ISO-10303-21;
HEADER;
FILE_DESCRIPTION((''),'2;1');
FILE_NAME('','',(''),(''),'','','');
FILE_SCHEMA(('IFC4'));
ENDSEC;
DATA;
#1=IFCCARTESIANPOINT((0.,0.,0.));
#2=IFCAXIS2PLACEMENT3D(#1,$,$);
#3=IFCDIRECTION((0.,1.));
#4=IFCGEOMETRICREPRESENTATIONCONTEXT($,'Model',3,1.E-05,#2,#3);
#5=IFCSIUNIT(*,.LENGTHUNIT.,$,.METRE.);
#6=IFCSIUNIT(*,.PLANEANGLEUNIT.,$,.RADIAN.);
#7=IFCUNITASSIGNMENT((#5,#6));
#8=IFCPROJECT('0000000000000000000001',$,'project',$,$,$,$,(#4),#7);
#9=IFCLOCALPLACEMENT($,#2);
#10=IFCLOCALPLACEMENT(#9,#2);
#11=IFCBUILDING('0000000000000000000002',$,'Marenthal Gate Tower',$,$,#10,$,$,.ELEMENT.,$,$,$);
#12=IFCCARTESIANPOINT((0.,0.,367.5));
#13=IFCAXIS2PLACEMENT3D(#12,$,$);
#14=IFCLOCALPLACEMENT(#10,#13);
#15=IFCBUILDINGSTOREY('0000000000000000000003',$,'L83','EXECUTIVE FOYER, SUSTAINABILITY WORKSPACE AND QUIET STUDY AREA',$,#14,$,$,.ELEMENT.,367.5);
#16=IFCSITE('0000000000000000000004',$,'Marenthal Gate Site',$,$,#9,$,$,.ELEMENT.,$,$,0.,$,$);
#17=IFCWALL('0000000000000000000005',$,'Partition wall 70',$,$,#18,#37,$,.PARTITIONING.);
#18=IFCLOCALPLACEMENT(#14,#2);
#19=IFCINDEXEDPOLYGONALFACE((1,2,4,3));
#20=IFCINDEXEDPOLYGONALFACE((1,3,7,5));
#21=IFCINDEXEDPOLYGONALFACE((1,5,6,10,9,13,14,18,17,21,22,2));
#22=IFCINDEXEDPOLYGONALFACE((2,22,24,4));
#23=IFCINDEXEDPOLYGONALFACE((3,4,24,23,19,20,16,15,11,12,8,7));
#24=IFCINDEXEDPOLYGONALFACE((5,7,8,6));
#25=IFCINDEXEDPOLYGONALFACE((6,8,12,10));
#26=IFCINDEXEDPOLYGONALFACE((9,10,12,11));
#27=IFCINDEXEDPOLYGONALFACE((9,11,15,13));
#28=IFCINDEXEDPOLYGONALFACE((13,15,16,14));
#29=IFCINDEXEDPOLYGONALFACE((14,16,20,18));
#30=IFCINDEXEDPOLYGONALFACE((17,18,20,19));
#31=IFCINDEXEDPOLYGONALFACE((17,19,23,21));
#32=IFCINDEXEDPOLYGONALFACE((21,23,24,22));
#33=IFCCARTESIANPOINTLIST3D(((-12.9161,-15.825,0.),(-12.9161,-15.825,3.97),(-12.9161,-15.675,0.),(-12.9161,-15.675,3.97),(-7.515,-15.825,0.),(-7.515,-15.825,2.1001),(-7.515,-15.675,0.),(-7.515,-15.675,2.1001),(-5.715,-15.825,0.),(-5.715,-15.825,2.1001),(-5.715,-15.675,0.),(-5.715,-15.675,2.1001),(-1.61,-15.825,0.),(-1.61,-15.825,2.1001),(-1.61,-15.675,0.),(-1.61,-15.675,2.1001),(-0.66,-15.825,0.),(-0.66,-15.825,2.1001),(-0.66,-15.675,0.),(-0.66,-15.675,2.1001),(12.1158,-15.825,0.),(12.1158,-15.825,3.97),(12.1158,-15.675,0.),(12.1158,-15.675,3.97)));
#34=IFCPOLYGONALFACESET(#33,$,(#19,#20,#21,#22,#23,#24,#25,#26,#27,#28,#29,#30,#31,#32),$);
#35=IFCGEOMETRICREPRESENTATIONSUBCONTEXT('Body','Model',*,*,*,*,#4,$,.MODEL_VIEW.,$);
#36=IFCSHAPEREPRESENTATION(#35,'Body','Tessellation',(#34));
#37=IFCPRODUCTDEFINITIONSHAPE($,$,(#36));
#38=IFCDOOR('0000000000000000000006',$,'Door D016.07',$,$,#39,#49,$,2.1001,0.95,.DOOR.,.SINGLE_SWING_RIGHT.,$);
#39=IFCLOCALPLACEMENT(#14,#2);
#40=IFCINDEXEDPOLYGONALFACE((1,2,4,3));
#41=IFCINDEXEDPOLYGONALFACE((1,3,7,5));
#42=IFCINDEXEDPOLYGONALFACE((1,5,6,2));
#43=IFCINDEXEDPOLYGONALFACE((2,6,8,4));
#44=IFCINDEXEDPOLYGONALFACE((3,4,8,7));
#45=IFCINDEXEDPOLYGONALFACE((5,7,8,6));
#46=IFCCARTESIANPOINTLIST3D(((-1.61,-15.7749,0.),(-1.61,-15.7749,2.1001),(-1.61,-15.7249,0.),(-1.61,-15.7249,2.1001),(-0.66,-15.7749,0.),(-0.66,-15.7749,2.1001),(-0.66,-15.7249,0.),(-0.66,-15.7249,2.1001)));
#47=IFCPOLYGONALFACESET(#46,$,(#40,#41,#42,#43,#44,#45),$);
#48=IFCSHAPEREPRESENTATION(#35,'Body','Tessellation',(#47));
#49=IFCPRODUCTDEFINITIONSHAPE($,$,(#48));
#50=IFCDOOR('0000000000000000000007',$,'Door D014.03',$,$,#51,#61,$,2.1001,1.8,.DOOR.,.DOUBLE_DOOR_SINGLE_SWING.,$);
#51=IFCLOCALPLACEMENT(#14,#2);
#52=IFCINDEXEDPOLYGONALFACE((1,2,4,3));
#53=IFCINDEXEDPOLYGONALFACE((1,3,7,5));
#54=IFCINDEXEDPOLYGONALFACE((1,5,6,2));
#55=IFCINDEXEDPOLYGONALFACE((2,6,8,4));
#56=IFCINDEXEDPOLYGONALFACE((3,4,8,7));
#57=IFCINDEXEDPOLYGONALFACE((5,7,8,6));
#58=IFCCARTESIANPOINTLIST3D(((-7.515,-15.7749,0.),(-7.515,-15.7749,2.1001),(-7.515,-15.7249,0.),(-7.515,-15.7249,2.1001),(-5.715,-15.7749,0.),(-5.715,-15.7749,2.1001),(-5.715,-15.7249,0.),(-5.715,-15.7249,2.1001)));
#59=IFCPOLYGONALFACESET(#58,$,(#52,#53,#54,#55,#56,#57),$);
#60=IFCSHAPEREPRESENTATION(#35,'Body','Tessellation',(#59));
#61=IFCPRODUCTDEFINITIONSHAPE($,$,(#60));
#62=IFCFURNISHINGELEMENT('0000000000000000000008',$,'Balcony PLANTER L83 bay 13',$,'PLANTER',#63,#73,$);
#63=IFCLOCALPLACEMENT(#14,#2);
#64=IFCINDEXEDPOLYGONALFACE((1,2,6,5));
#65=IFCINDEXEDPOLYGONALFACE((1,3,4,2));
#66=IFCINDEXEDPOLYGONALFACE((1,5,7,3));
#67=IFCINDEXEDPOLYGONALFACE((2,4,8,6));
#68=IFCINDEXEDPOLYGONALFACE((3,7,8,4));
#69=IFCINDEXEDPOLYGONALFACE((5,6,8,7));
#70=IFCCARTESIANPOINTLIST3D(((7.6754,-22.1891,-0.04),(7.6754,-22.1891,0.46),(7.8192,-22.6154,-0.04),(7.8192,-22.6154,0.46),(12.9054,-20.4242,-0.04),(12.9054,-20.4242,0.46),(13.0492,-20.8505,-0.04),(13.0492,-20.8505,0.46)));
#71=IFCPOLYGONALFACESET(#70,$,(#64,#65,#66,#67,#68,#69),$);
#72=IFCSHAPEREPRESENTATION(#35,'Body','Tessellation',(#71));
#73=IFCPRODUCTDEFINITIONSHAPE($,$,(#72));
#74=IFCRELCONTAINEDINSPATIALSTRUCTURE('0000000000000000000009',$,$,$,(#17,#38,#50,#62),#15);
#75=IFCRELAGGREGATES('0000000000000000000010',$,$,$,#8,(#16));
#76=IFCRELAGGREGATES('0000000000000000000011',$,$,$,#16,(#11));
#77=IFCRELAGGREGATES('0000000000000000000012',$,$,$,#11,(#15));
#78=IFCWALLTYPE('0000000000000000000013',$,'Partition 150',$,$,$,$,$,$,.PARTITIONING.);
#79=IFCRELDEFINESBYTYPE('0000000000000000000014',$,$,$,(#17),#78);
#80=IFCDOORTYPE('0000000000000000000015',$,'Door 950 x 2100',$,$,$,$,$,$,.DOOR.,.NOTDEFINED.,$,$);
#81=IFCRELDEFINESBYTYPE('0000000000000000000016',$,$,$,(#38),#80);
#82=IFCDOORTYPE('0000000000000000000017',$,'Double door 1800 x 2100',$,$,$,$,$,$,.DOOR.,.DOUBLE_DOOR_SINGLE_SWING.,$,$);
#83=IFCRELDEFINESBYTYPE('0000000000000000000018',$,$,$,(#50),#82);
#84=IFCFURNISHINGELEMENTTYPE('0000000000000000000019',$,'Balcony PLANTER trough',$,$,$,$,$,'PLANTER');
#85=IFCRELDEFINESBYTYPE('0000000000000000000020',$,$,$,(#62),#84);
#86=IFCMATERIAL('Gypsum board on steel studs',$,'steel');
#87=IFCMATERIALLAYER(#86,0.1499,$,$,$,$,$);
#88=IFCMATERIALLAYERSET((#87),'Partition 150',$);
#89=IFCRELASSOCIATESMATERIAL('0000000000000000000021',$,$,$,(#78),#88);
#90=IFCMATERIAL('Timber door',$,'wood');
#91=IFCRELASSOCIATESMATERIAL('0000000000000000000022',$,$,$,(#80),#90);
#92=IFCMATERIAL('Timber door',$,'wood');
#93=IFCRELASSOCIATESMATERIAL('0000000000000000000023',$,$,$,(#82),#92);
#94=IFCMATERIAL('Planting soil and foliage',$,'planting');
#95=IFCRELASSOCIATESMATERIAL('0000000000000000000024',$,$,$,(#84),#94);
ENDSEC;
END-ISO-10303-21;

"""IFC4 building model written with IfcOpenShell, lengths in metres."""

from ifc_helpers import new_model, si_unit, direction, frame, frame_2d, origin, origin_2d, place, context, subcontext, project, spatial, rectangle, extrude, material, layer, layer_set, type_object, element, fill, save


model = new_model("IFC4")

# Units and contexts
model_context = context("Model", 3, precision=1e-05, world=origin(), true_north=direction((0.0, 1.0)))
body_context = subcontext(model_context, "Body", "Model", "MODEL_VIEW")
ifc_project = project(units=[si_unit("LENGTHUNIT", "METRE"), si_unit("PLANEANGLEUNIT", "RADIAN")], contexts=[model_context])

# Site, building, storey
site_placement = place(None, origin())
site = spatial("IfcSite", under=ifc_project, at=site_placement, Name="Marenthal Gate Site", CompositionType="ELEMENT", RefElevation=0.0)
building_placement = place(site_placement, origin())
building = spatial("IfcBuilding", under=site, at=building_placement, Name="Marenthal Gate Tower", CompositionType="ELEMENT")
storey_placement = place(building_placement, frame((0.0, 0.0, 367.5)))
storey = spatial("IfcBuildingStorey", under=building, at=storey_placement, Name="L83", Description="EXECUTIVE FOYER, SUSTAINABILITY WORKSPACE AND QUIET STUDY AREA", CompositionType="ELEMENT", Elevation=367.5)

# Shared definitions
ifc_material_1 = material(Name="Gypsum board on steel studs", Category="steel")
ifc_layer_1 = layer(ifc_material_1, 0.1499)
ifc_layer_set_1 = layer_set([ifc_layer_1], Name="Partition 150")
wall_type_1 = type_object("IfcWallType", Name="Partition 150", PredefinedType="PARTITIONING", material=ifc_layer_set_1)

# Wall, openings, doors
wall_1_placement = place(storey_placement, frame((12.116, -15.75, 0.0), z_axis=(0.0, 0.0, 1.0), x_axis=(-1.0, 0.0, 0.0)))
wall_1 = element("IfcWall", 1, at=wall_1_placement, inside=storey, type_object=wall_type_1, Name="Partition wall 70", PredefinedType="PARTITIONING", context=body_context, shape_type="SweptSolid", body=[
    extrude(rectangle(XDim=25.032, YDim=0.1499, at=frame_2d((12.5161, 0.0))), origin(), (0.0, 0.0, 1.0), 3.97),
])
opening_1_placement = place(wall_1_placement, frame((12.7759, 0.0, 0.0)))
opening_1 = element("IfcOpeningElement", 2, at=opening_1_placement, cuts=wall_1, PredefinedType="OPENING", context=body_context, shape_type="SweptSolid", body=[
    extrude(rectangle(XDim=0.95, YDim=2.1001, at=frame_2d((0.4751, 1.05))), frame((0.0, 0.085, 0.0), z_axis=(0.0, -1.0, 0.0), x_axis=(1.0, 0.0, 0.0)), (0.0, 0.0, 1.0), 0.1699),
])
opening_2_placement = place(wall_1_placement, frame((17.8311, 0.0, 0.0)))
opening_2 = element("IfcOpeningElement", 3, at=opening_2_placement, cuts=wall_1, PredefinedType="OPENING", context=body_context, shape_type="SweptSolid", body=[
    extrude(rectangle(XDim=1.8, YDim=2.1001, at=frame_2d((0.8999, 1.05))), frame((0.0, 0.085, 0.0), z_axis=(0.0, -1.0, 0.0), x_axis=(1.0, 0.0, 0.0)), (0.0, 0.0, 1.0), 0.1699),
])
ifc_material_2 = material(Name="Timber door", Category="wood")
door_type_1 = type_object("IfcDoorType", Name="Door 950 x 2100", OperationType="NOTDEFINED", PredefinedType="DOOR", material=ifc_material_2)
door_1_placement = place(opening_1_placement, origin())
door_1 = element("IfcDoor", 4, at=door_1_placement, inside=storey, type_object=door_type_1, Name="Door D016.07", OperationType="SINGLE_SWING_RIGHT", OverallHeight=2.1001, OverallWidth=0.95, PredefinedType="DOOR", context=body_context, shape_type="SweptSolid", body=[
    extrude(rectangle(XDim=0.95, YDim=2.1001, at=frame_2d((0.4751, 1.05))), frame((0.0, 0.0249, 0.0), z_axis=(0.0, -1.0, 0.0), x_axis=(1.0, 0.0, 0.0)), (0.0, 0.0, 1.0), 0.05),
])
fill(opening_1, door_1)
ifc_material_3 = material(Name="Timber door", Category="wood")
door_type_2 = type_object("IfcDoorType", Name="Double door 1800 x 2100", OperationType="DOUBLE_DOOR_SINGLE_SWING", PredefinedType="DOOR", material=ifc_material_3)
door_2_placement = place(opening_2_placement, origin())
door_2 = element("IfcDoor", 5, at=door_2_placement, inside=storey, type_object=door_type_2, Name="Door D014.03", OperationType="DOUBLE_DOOR_SINGLE_SWING", OverallHeight=2.1001, OverallWidth=1.8, PredefinedType="DOOR", context=body_context, shape_type="SweptSolid", body=[
    extrude(rectangle(XDim=1.8, YDim=2.1001, at=frame_2d((0.8999, 1.05))), frame((0.0, 0.0249, 0.0), z_axis=(0.0, -1.0, 0.0), x_axis=(1.0, 0.0, 0.0)), (0.0, 0.0, 1.0), 0.05),
])
fill(opening_2, door_2)

# Furnishing element
ifc_material_4 = material(Name="Planting soil and foliage", Category="planting")
furnishing_element_type = type_object("IfcFurnishingElementType", Name="Balcony PLANTER trough", ElementType="PLANTER", material=ifc_material_4)
furnishing_placement = place(storey_placement, frame((10.3623, -21.5198, -0.04), z_axis=(0.0, 0.0, 1.0), x_axis=(0.947505, 0.31974, 0.0)))
element("IfcFurnishingElement", 6, at=furnishing_placement, inside=storey, type_object=furnishing_element_type, Name="Balcony PLANTER L83 bay 13", ObjectType="PLANTER", context=body_context, shape_type="SweptSolid", body=[
    extrude(rectangle(XDim=5.5198, YDim=0.45, at=origin_2d()), origin(), (0.0, 0.0, 1.0), 0.5),
])

save(model, "model.ifc")
